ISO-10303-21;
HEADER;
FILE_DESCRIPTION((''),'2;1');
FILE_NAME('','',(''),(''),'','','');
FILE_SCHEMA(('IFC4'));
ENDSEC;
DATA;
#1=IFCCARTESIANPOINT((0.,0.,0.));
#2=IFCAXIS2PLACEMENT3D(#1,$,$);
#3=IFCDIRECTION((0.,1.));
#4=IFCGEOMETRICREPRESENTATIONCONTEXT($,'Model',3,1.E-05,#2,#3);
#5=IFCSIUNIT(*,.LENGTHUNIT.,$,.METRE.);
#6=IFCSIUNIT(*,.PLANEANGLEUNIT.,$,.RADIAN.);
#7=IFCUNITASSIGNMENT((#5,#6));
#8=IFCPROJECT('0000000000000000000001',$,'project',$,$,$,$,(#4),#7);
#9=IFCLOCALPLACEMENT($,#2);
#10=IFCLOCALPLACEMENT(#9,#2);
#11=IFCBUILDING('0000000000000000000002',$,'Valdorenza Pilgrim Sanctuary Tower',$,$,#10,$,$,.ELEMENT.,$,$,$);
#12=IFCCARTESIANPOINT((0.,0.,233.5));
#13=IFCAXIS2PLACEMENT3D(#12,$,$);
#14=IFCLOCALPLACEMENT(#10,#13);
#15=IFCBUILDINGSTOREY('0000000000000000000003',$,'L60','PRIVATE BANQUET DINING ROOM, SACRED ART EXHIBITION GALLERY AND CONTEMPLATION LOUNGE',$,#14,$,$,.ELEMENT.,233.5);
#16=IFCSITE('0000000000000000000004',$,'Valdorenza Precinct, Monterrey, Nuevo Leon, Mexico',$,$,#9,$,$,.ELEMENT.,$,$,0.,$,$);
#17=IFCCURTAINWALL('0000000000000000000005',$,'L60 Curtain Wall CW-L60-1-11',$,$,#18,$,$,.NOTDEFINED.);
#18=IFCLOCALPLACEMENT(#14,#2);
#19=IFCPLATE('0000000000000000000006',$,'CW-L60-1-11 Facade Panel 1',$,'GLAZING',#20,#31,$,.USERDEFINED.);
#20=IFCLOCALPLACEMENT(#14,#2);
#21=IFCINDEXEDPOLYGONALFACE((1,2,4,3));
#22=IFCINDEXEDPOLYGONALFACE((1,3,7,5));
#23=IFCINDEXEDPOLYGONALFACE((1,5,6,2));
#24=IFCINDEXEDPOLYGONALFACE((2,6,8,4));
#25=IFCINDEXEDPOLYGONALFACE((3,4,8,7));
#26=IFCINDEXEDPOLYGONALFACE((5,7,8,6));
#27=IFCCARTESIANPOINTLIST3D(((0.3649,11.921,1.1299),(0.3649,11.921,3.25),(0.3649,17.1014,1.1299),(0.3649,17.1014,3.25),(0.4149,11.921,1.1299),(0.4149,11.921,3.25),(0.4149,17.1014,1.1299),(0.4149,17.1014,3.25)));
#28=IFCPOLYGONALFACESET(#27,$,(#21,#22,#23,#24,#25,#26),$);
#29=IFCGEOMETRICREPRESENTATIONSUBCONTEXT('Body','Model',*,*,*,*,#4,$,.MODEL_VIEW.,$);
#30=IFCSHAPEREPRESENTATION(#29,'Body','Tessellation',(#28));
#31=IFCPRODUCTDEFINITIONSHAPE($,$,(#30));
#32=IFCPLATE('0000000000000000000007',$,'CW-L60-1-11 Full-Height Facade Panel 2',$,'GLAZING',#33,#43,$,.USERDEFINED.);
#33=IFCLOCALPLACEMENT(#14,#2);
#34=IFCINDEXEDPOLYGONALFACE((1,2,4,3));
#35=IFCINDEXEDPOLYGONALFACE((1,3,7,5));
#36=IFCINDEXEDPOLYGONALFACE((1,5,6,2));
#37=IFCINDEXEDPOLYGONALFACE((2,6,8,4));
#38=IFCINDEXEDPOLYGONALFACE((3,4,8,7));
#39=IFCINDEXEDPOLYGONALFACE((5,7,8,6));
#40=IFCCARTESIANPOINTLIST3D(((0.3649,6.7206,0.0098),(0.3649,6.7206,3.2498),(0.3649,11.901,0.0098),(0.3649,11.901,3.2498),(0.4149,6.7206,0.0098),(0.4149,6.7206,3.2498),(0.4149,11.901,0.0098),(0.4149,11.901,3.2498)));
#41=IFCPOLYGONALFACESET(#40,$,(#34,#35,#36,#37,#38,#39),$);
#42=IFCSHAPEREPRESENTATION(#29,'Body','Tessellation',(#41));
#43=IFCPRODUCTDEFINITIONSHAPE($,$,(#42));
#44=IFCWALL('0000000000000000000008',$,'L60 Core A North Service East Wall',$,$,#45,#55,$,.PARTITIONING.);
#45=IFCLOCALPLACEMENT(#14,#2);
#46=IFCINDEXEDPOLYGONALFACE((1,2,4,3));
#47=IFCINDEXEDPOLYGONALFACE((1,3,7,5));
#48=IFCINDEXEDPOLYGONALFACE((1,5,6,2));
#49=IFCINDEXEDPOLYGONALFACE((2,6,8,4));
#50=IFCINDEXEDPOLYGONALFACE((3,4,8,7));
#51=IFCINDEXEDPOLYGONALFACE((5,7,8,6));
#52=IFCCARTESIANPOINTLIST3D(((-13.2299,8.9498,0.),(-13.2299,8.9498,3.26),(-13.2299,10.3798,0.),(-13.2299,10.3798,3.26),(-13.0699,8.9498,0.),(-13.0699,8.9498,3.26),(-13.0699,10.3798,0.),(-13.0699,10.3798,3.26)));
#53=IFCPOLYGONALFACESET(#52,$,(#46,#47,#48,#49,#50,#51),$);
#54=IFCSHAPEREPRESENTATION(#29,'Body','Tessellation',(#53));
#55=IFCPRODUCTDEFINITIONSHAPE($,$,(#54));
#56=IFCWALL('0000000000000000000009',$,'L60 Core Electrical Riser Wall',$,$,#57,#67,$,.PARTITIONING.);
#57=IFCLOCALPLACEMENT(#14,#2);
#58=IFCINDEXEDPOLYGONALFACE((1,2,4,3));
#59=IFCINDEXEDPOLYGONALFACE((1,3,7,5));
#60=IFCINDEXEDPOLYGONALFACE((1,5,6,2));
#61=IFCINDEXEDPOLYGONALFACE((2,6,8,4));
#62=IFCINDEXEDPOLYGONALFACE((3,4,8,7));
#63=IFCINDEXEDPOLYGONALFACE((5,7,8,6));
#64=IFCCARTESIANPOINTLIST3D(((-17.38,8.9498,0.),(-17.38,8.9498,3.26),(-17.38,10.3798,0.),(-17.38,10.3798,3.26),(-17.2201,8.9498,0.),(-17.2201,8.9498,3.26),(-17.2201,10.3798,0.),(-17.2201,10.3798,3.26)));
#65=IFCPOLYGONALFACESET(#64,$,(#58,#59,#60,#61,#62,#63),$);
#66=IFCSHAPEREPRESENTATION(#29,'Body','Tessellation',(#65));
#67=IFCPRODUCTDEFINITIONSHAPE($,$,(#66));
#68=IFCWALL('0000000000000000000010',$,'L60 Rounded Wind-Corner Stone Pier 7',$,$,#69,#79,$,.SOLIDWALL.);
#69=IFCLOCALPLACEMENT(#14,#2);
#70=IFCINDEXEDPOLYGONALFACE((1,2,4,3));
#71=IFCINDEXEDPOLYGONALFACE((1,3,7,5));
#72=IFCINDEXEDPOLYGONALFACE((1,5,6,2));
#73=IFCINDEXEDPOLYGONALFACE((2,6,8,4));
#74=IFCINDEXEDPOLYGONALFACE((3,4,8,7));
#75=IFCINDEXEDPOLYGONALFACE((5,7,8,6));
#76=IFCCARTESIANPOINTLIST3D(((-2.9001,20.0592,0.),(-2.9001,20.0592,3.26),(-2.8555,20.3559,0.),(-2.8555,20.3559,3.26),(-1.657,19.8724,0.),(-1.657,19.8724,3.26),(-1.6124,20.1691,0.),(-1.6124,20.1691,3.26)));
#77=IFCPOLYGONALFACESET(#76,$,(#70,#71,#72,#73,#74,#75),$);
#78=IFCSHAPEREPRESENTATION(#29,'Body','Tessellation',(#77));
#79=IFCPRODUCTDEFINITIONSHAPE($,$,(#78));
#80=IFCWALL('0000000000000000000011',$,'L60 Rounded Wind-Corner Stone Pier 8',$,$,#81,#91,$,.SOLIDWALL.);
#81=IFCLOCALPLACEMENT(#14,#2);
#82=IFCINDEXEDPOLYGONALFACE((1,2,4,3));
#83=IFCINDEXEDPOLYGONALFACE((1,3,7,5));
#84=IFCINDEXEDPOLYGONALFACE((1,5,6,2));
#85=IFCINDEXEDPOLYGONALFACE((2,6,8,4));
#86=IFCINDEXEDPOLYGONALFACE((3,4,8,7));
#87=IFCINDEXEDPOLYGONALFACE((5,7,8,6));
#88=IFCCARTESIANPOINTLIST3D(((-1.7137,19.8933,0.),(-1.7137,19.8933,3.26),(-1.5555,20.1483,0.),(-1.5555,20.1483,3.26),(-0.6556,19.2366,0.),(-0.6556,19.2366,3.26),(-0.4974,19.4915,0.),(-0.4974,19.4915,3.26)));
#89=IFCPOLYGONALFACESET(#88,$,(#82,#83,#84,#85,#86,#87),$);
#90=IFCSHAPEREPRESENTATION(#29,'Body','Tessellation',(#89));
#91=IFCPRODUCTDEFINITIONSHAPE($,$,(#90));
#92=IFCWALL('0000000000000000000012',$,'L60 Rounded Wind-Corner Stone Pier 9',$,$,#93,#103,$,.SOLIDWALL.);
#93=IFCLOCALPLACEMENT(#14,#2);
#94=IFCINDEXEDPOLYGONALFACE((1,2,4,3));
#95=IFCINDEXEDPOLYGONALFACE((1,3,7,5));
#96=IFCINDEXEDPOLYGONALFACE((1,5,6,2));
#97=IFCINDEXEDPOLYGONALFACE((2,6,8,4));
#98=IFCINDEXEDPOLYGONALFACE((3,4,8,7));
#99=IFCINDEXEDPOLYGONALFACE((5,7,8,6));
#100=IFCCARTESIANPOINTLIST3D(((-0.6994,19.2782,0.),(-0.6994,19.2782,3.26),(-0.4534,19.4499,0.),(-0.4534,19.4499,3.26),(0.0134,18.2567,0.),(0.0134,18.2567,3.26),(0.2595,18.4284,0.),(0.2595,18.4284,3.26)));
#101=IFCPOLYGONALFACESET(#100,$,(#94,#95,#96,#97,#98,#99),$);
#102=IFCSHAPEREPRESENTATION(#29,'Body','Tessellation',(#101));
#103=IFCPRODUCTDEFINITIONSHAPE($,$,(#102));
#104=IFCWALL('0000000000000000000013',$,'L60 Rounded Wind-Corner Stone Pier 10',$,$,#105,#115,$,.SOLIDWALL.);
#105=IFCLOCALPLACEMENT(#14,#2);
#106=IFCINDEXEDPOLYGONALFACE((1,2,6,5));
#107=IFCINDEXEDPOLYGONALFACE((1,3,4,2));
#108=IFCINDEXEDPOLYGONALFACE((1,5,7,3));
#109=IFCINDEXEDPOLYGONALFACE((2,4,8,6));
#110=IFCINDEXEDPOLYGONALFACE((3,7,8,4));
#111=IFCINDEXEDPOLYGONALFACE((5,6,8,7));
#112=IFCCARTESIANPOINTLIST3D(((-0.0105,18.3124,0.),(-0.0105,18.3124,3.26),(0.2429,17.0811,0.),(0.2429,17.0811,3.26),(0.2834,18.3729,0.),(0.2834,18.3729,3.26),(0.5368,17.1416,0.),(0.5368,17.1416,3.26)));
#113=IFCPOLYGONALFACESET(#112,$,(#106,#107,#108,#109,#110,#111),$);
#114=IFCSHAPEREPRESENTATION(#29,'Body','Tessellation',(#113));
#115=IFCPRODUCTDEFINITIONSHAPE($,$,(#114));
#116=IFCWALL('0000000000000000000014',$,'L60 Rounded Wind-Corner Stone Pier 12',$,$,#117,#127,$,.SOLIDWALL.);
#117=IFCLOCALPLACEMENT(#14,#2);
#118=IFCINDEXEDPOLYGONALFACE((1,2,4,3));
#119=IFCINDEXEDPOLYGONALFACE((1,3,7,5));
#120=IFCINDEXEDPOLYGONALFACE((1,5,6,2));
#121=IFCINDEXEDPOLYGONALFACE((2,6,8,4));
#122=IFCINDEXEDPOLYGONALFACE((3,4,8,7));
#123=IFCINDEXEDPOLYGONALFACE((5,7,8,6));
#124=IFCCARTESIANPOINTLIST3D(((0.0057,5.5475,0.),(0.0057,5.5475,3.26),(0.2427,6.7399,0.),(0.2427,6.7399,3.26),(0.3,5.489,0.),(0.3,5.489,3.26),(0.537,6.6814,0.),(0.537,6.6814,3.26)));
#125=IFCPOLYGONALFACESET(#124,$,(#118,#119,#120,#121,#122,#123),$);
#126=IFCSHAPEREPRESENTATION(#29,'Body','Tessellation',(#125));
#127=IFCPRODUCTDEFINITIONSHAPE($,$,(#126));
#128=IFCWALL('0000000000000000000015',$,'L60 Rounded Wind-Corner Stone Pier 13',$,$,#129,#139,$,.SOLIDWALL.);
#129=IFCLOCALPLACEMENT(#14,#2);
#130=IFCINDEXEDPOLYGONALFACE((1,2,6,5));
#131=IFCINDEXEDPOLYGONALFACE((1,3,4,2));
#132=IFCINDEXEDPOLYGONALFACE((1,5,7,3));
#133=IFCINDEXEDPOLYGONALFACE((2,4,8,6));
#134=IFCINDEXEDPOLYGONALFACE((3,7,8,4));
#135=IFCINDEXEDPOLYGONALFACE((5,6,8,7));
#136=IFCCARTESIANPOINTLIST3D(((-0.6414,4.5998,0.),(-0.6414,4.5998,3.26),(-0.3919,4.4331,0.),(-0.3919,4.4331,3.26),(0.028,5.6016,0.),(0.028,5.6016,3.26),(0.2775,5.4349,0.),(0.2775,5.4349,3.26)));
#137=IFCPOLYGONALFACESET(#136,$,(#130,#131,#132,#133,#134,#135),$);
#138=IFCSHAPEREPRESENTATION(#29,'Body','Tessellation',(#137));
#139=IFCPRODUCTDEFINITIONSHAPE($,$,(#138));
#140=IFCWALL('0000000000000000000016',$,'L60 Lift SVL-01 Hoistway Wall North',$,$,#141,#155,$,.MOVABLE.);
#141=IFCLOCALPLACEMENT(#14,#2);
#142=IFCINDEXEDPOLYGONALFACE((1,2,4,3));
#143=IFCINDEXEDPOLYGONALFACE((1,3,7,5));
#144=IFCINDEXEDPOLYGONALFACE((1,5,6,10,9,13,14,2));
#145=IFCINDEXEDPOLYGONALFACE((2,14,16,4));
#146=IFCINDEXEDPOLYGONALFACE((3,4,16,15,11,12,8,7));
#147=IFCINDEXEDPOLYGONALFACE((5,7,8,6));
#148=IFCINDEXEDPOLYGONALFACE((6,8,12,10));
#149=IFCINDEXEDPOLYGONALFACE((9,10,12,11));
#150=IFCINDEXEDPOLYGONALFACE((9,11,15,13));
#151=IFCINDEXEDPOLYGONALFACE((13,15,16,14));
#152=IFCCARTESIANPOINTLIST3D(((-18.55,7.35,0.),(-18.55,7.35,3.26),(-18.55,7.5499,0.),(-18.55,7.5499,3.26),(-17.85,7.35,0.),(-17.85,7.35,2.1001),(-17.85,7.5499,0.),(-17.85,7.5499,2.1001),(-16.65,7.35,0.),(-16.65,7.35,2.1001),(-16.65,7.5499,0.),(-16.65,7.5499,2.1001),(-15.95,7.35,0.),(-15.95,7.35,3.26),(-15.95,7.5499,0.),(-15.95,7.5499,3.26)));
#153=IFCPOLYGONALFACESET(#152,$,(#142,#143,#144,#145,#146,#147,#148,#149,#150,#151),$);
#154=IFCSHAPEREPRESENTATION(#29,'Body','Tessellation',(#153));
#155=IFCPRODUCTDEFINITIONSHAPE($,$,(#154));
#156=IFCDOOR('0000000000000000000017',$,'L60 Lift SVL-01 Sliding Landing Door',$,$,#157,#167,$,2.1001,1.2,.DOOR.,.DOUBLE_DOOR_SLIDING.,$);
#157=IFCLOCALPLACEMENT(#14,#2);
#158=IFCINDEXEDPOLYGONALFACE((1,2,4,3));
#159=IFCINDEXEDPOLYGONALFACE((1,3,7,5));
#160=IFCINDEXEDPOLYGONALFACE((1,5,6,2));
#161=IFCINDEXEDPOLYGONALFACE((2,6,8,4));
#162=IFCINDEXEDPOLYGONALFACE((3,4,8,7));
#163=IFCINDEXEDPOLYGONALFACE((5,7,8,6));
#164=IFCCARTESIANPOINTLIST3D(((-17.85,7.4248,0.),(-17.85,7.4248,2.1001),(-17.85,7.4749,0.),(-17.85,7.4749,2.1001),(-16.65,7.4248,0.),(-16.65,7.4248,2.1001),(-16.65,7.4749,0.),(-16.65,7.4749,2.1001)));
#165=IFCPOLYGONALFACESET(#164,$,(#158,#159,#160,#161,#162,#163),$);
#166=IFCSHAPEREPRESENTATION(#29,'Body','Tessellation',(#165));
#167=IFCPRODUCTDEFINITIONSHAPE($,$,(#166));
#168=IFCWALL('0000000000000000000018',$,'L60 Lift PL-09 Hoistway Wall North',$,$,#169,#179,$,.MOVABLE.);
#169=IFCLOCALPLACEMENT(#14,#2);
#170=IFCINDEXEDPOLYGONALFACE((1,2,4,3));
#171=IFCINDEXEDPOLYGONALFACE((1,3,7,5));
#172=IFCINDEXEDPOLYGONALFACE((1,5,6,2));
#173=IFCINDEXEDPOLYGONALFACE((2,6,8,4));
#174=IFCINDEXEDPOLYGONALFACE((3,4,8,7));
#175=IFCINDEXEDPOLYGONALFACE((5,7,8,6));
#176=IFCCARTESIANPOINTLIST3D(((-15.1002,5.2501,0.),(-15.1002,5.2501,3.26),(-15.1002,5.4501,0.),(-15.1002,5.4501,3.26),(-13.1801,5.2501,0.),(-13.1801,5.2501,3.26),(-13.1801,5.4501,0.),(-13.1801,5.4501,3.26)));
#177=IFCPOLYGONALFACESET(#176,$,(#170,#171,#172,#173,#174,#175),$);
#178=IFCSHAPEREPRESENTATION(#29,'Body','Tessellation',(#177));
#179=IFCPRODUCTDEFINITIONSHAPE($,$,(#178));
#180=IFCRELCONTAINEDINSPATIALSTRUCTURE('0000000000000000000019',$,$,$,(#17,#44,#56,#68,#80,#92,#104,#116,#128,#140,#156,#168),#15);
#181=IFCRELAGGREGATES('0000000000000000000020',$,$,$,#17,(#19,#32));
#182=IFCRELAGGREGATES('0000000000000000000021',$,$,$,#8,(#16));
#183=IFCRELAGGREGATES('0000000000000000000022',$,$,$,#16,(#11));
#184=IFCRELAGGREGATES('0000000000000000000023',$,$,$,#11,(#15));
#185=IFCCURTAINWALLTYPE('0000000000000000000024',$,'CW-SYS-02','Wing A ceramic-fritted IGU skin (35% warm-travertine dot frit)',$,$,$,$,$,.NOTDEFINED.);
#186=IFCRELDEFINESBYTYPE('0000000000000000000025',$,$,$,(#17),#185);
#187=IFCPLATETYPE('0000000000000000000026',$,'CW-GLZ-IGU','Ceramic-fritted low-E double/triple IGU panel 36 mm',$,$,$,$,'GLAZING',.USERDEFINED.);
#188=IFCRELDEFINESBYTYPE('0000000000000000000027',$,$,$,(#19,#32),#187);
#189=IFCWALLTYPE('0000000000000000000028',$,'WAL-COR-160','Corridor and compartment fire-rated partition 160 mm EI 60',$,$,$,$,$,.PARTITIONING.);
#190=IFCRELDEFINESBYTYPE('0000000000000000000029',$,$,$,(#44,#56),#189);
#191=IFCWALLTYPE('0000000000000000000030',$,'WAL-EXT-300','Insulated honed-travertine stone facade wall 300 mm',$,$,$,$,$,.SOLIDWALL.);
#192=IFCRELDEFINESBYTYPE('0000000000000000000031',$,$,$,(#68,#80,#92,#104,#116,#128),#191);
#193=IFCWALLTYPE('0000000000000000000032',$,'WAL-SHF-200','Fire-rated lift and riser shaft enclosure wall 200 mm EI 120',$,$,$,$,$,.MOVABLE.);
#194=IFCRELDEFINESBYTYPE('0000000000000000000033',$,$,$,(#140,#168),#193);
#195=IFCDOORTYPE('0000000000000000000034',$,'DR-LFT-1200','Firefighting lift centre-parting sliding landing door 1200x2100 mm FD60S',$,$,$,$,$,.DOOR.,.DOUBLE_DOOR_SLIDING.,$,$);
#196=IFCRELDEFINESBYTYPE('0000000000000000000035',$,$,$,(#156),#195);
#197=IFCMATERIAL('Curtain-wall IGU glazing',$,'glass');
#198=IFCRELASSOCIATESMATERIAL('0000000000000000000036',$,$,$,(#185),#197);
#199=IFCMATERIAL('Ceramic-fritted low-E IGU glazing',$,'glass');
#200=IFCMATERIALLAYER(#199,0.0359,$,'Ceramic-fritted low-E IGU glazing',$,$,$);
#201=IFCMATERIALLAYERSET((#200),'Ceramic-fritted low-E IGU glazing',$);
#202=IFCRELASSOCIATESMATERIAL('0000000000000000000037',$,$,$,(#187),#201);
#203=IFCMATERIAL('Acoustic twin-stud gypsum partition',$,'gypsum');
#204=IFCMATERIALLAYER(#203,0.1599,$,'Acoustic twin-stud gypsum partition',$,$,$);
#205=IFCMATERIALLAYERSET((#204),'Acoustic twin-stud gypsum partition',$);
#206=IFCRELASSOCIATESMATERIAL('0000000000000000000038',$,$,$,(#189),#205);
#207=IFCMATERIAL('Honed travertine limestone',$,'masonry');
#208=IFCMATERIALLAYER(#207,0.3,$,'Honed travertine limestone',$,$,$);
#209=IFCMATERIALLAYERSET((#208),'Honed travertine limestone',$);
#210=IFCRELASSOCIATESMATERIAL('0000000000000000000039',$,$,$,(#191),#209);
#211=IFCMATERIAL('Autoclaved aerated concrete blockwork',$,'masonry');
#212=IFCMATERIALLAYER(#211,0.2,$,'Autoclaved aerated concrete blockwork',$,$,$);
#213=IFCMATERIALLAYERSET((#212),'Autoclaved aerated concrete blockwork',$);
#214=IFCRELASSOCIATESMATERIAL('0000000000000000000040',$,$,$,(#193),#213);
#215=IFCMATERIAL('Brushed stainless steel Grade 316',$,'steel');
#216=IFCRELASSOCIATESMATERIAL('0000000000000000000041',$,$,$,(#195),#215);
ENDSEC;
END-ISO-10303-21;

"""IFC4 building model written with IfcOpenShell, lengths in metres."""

from ifc_helpers import new_model, si_unit, direction, frame, frame_2d, origin, origin_2d, place, context, subcontext, project, spatial, rectangle, extrude, source, transform, mapped, material, layer, layer_set, type_object, element, fill, aggregate, save


model = new_model("IFC4")

# Units and contexts
model_context = context("Model", 3, precision=1e-05, world=origin(), true_north=direction((0.0, 1.0)))
body_context = subcontext(model_context, "Body", "Model", "MODEL_VIEW")
ifc_project = project(units=[si_unit("LENGTHUNIT", "METRE"), si_unit("PLANEANGLEUNIT", "RADIAN")], contexts=[model_context])

# Site, building, storey
site_placement = place(None, origin())
site = spatial("IfcSite", under=ifc_project, at=site_placement, Name="Valdorenza Precinct, Monterrey, Nuevo Leon, Mexico", CompositionType="ELEMENT", RefElevation=0.0)
building_placement = place(site_placement, origin())
building = spatial("IfcBuilding", under=site, at=building_placement, Name="Valdorenza Pilgrim Sanctuary Tower", CompositionType="ELEMENT")
storey_placement = place(building_placement, frame((0.0, 0.0, 233.5)))
storey = spatial("IfcBuildingStorey", under=building, at=storey_placement, Name="L60", Description="PRIVATE BANQUET DINING ROOM, SACRED ART EXHIBITION GALLERY AND CONTEMPLATION LOUNGE", CompositionType="ELEMENT", Elevation=233.5)

# Curtain wall
ifc_material_1 = material(Name="Curtain-wall IGU glazing", Category="glass")
curtain_wall_type = type_object("IfcCurtainWallType", Name="CW-SYS-02", Description="Wing A ceramic-fritted IGU skin (35% warm-travertine dot frit)", PredefinedType="NOTDEFINED", material=ifc_material_1)
curtain_wall_1_placement = place(storey_placement, origin())
curtain_wall_1 = element("IfcCurtainWall", 1, at=curtain_wall_1_placement, inside=storey, type_object=curtain_wall_type, Name="L60 Curtain Wall CW-L60-1-11", PredefinedType="NOTDEFINED")

# Plates
ifc_material_2 = material(Name="Honed travertine limestone", Category="masonry")
ifc_material_3 = material(Name="Ceramic-fritted low-E IGU glazing", Category="glass")
ifc_layer_1 = layer(ifc_material_3, 0.0359, Name="Ceramic-fritted low-E IGU glazing")
ifc_layer_set_1 = layer_set([ifc_layer_1], Name="Ceramic-fritted low-E IGU glazing")
plate_type_1 = type_object("IfcPlateType", Name="CW-GLZ-IGU", Description="Ceramic-fritted low-E double/triple IGU panel 36 mm", ElementType="GLAZING", PredefinedType="USERDEFINED", material=ifc_layer_set_1)
shared_shape_1 = source(origin(), body_context, "Body", "SweptSolid", [
    extrude(rectangle(XDim=5.1804, YDim=0.05, at=origin_2d()), origin(), (0.0, 0.0, 1.0), 2.1201),
])
plate_1_placement = place(storey_placement, frame((0.3899, 14.5112, 1.1299), z_axis=(0.0, 0.0, 1.0), x_axis=(0.0, -1.0, 0.0)))
plate_1 = element("IfcPlate", 2, at=plate_1_placement, type_object=plate_type_1, Name="CW-L60-1-11 Facade Panel 1", ObjectType="GLAZING", PredefinedType="USERDEFINED", context=body_context, shape_type="MappedRepresentation", body=[
    mapped(shared_shape_1, transform((0.0, 0.0, 0.0), x_axis=(1.0, 0.0, 0.0), y_axis=(0.0, 1.0, 0.0), z_axis=(0.0, 0.0, 1.0), scale=1.0)),
])
shared_shape_2 = source(origin(), body_context, "Body", "SweptSolid", [
    extrude(rectangle(XDim=5.1804, YDim=0.05, at=origin_2d()), origin(), (0.0, 0.0, 1.0), 3.24),
])
plate_2_placement = place(storey_placement, frame((0.3899, 9.3108, 0.0098), z_axis=(0.0, 0.0, 1.0), x_axis=(0.0, -1.0, 0.0)))
plate_2 = element("IfcPlate", 3, at=plate_2_placement, type_object=plate_type_1, Name="CW-L60-1-11 Full-Height Facade Panel 2", ObjectType="GLAZING", PredefinedType="USERDEFINED", context=body_context, shape_type="MappedRepresentation", body=[
    mapped(shared_shape_2, transform((0.0, 0.0, 0.0), x_axis=(1.0, 0.0, 0.0), y_axis=(0.0, 1.0, 0.0), z_axis=(0.0, 0.0, 1.0), scale=1.0)),
])
aggregate(curtain_wall_1, [plate_1, plate_2])

# Walls
ifc_material_4 = material(Name="Acoustic twin-stud gypsum partition", Category="gypsum")
ifc_layer_2 = layer(ifc_material_4, 0.1599, Name="Acoustic twin-stud gypsum partition")
ifc_layer_set_2 = layer_set([ifc_layer_2], Name="Acoustic twin-stud gypsum partition")
wall_type_1 = type_object("IfcWallType", Name="WAL-COR-160", Description="Corridor and compartment fire-rated partition 160 mm EI 60", PredefinedType="PARTITIONING", material=ifc_layer_set_2)
for number, where, z_axis, x_axis, name in (
    (4, (-13.1499, 8.95, 0.0), (0.0, 0.0, 1.0), (0.0, 1.0, 0.0), "L60 Core A North Service East Wall"),
    (5, (-17.3, 8.95, 0.0), (0.0, 0.0, 1.0), (0.0, 1.0, 0.0), "L60 Core Electrical Riser Wall"),
):
    element("IfcWall", number, at=place(storey_placement, frame(where, z_axis=z_axis, x_axis=x_axis)), inside=storey, type_object=wall_type_1, Name=name, PredefinedType="PARTITIONING", context=body_context, shape_type="SweptSolid", body=[
        extrude(rectangle(XDim=1.4299, YDim=0.1599, at=frame_2d((0.7148, 0.0))), origin(), (0.0, 0.0, 1.0), 3.26),
    ])
ifc_layer_3 = layer(ifc_material_2, 0.3, Name="Honed travertine limestone")
ifc_layer_set_3 = layer_set([ifc_layer_3], Name="Honed travertine limestone")
wall_type_2 = type_object("IfcWallType", Name="WAL-EXT-300", Description="Insulated honed-travertine stone facade wall 300 mm", PredefinedType="SOLIDWALL", material=ifc_layer_set_3)
wall_1_placement = place(storey_placement, frame((-2.8777, 20.2075, 0.0), z_axis=(0.0, 0.0, 1.0), x_axis=(0.988902, -0.148568, 0.0)))
element("IfcWall", 6, at=wall_1_placement, inside=storey, type_object=wall_type_2, Name="L60 Rounded Wind-Corner Stone Pier 7", PredefinedType="SOLIDWALL", context=body_context, shape_type="SweptSolid", body=[
    extrude(rectangle(XDim=1.2571, YDim=0.3, at=frame_2d((0.6284, 0.0))), origin(), (0.0, 0.0, 1.0), 3.26),
])
wall_2_placement = place(storey_placement, frame((-1.6345, 20.0208, 0.0), z_axis=(0.0, 0.0, 1.0), x_axis=(0.849646, -0.527353, 0.0)))
element("IfcWall", 7, at=wall_2_placement, inside=storey, type_object=wall_type_2, Name="L60 Rounded Wind-Corner Stone Pier 8", PredefinedType="SOLIDWALL", context=body_context, shape_type="SweptSolid", body=[
    extrude(rectangle(XDim=1.2454, YDim=0.3, at=frame_2d((0.6226, 0.0))), origin(), (0.0, 0.0, 1.0), 3.26),
])
wall_3_placement = place(storey_placement, frame((-0.5764, 19.364, 0.0), z_axis=(0.0, 0.0, 1.0), x_axis=(0.572304, -0.820041, 0.0)))
element("IfcWall", 8, at=wall_3_placement, inside=storey, type_object=wall_type_2, Name="L60 Rounded Wind-Corner Stone Pier 9", PredefinedType="SOLIDWALL", context=body_context, shape_type="SweptSolid", body=[
    extrude(rectangle(XDim=1.2456, YDim=0.3, at=frame_2d((0.6228, 0.0))), origin(), (0.0, 0.0, 1.0), 3.26),
])
wall_4_placement = place(storey_placement, frame((0.1365, 18.3425, 0.0), z_axis=(0.0, 0.0, 1.0), x_axis=(0.201604, -0.979467, 0.0)))
element("IfcWall", 9, at=wall_4_placement, inside=storey, type_object=wall_type_2, Name="L60 Rounded Wind-Corner Stone Pier 10", PredefinedType="SOLIDWALL", context=body_context, shape_type="SweptSolid", body=[
    extrude(rectangle(XDim=1.2571, YDim=0.3, at=frame_2d((0.6284, 0.0))), origin(), (0.0, 0.0, 1.0), 3.26),
])
wall_5_placement = place(storey_placement, frame((0.3899, 6.7107, 0.0), z_axis=(0.0, 0.0, 1.0), x_axis=(-0.194996, -0.980804, 0.0)))
element("IfcWall", 10, at=wall_5_placement, inside=storey, type_object=wall_type_2, Name="L60 Rounded Wind-Corner Stone Pier 12", PredefinedType="SOLIDWALL", context=body_context, shape_type="SweptSolid", body=[
    extrude(rectangle(XDim=1.2158, YDim=0.3, at=frame_2d((0.6079, 0.0))), origin(), (0.0, 0.0, 1.0), 3.26),
])
wall_6_placement = place(storey_placement, frame((0.1528, 5.5183, 0.0), z_axis=(0.0, 0.0, 1.0), x_axis=(-0.555635, -0.831426, 0.0)))
element("IfcWall", 11, at=wall_6_placement, inside=storey, type_object=wall_type_2, Name="L60 Rounded Wind-Corner Stone Pier 13", PredefinedType="SOLIDWALL", context=body_context, shape_type="SweptSolid", body=[
    extrude(rectangle(XDim=1.2048, YDim=0.3, at=frame_2d((0.6025, 0.0))), origin(), (0.0, 0.0, 1.0), 3.26),
])

# Wall, opening, door
ifc_material_5 = material(Name="Autoclaved aerated concrete blockwork", Category="masonry")
ifc_layer_4 = layer(ifc_material_5, 0.2, Name="Autoclaved aerated concrete blockwork")
ifc_layer_set_4 = layer_set([ifc_layer_4], Name="Autoclaved aerated concrete blockwork")
wall_type_3 = type_object("IfcWallType", Name="WAL-SHF-200", Description="Fire-rated lift and riser shaft enclosure wall 200 mm EI 120", PredefinedType="MOVABLE", material=ifc_layer_set_4)
wall_7_placement = place(storey_placement, frame((-18.55, 7.45, 0.0), z_axis=(0.0, 0.0, 1.0), x_axis=(1.0, 0.0, 0.0)))
wall_7 = element("IfcWall", 12, at=wall_7_placement, inside=storey, type_object=wall_type_3, Name="L60 Lift SVL-01 Hoistway Wall North", PredefinedType="MOVABLE", context=body_context, shape_type="SweptSolid", body=[
    extrude(rectangle(XDim=2.6001, YDim=0.2, at=frame_2d((1.3, 0.0))), origin(), (0.0, 0.0, 1.0), 3.26),
])
opening_1_placement = place(wall_7_placement, frame((0.7, 0.0, 0.0)))
opening_1 = element("IfcOpeningElement", 13, at=opening_1_placement, cuts=wall_7, PredefinedType="OPENING", context=body_context, shape_type="SweptSolid", body=[
    extrude(rectangle(XDim=1.2, YDim=2.1001, at=frame_2d((0.6001, 1.05))), frame((0.0, 0.1147, 0.0), z_axis=(0.0, -1.0, 0.0), x_axis=(1.0, 0.0, 0.0)), (0.0, 0.0, 1.0), 0.2297),
])
ifc_material_6 = material(Name="Brushed stainless steel Grade 316", Category="steel")
door_type_1 = type_object("IfcDoorType", Name="DR-LFT-1200", Description="Firefighting lift centre-parting sliding landing door 1200x2100 mm FD60S", OperationType="DOUBLE_DOOR_SLIDING", PredefinedType="DOOR", material=ifc_material_6)
door_1_placement = place(opening_1_placement, origin())
door_1 = element("IfcDoor", 14, at=door_1_placement, inside=storey, type_object=door_type_1, Name="L60 Lift SVL-01 Sliding Landing Door", OperationType="DOUBLE_DOOR_SLIDING", OverallHeight=2.1001, OverallWidth=1.2, PredefinedType="DOOR", context=body_context, shape_type="SweptSolid", body=[
    extrude(rectangle(XDim=1.2, YDim=2.1001, at=frame_2d((0.6001, 1.05))), frame((0.0, 0.0249, 0.0), z_axis=(0.0, -1.0, 0.0), x_axis=(1.0, 0.0, 0.0)), (0.0, 0.0, 1.0), 0.05),
])
fill(opening_1, door_1)

# Wall
wall_8_placement = place(storey_placement, frame((-15.1001, 5.3501, 0.0), z_axis=(0.0, 0.0, 1.0), x_axis=(1.0, 0.0, 0.0)))
element("IfcWall", 15, at=wall_8_placement, inside=storey, type_object=wall_type_3, Name="L60 Lift PL-09 Hoistway Wall North", PredefinedType="MOVABLE", context=body_context, shape_type="SweptSolid", body=[
    extrude(rectangle(XDim=1.9202, YDim=0.2, at=frame_2d((0.96, 0.0))), origin(), (0.0, 0.0, 1.0), 3.26),
])

save(model, "model.ifc")
